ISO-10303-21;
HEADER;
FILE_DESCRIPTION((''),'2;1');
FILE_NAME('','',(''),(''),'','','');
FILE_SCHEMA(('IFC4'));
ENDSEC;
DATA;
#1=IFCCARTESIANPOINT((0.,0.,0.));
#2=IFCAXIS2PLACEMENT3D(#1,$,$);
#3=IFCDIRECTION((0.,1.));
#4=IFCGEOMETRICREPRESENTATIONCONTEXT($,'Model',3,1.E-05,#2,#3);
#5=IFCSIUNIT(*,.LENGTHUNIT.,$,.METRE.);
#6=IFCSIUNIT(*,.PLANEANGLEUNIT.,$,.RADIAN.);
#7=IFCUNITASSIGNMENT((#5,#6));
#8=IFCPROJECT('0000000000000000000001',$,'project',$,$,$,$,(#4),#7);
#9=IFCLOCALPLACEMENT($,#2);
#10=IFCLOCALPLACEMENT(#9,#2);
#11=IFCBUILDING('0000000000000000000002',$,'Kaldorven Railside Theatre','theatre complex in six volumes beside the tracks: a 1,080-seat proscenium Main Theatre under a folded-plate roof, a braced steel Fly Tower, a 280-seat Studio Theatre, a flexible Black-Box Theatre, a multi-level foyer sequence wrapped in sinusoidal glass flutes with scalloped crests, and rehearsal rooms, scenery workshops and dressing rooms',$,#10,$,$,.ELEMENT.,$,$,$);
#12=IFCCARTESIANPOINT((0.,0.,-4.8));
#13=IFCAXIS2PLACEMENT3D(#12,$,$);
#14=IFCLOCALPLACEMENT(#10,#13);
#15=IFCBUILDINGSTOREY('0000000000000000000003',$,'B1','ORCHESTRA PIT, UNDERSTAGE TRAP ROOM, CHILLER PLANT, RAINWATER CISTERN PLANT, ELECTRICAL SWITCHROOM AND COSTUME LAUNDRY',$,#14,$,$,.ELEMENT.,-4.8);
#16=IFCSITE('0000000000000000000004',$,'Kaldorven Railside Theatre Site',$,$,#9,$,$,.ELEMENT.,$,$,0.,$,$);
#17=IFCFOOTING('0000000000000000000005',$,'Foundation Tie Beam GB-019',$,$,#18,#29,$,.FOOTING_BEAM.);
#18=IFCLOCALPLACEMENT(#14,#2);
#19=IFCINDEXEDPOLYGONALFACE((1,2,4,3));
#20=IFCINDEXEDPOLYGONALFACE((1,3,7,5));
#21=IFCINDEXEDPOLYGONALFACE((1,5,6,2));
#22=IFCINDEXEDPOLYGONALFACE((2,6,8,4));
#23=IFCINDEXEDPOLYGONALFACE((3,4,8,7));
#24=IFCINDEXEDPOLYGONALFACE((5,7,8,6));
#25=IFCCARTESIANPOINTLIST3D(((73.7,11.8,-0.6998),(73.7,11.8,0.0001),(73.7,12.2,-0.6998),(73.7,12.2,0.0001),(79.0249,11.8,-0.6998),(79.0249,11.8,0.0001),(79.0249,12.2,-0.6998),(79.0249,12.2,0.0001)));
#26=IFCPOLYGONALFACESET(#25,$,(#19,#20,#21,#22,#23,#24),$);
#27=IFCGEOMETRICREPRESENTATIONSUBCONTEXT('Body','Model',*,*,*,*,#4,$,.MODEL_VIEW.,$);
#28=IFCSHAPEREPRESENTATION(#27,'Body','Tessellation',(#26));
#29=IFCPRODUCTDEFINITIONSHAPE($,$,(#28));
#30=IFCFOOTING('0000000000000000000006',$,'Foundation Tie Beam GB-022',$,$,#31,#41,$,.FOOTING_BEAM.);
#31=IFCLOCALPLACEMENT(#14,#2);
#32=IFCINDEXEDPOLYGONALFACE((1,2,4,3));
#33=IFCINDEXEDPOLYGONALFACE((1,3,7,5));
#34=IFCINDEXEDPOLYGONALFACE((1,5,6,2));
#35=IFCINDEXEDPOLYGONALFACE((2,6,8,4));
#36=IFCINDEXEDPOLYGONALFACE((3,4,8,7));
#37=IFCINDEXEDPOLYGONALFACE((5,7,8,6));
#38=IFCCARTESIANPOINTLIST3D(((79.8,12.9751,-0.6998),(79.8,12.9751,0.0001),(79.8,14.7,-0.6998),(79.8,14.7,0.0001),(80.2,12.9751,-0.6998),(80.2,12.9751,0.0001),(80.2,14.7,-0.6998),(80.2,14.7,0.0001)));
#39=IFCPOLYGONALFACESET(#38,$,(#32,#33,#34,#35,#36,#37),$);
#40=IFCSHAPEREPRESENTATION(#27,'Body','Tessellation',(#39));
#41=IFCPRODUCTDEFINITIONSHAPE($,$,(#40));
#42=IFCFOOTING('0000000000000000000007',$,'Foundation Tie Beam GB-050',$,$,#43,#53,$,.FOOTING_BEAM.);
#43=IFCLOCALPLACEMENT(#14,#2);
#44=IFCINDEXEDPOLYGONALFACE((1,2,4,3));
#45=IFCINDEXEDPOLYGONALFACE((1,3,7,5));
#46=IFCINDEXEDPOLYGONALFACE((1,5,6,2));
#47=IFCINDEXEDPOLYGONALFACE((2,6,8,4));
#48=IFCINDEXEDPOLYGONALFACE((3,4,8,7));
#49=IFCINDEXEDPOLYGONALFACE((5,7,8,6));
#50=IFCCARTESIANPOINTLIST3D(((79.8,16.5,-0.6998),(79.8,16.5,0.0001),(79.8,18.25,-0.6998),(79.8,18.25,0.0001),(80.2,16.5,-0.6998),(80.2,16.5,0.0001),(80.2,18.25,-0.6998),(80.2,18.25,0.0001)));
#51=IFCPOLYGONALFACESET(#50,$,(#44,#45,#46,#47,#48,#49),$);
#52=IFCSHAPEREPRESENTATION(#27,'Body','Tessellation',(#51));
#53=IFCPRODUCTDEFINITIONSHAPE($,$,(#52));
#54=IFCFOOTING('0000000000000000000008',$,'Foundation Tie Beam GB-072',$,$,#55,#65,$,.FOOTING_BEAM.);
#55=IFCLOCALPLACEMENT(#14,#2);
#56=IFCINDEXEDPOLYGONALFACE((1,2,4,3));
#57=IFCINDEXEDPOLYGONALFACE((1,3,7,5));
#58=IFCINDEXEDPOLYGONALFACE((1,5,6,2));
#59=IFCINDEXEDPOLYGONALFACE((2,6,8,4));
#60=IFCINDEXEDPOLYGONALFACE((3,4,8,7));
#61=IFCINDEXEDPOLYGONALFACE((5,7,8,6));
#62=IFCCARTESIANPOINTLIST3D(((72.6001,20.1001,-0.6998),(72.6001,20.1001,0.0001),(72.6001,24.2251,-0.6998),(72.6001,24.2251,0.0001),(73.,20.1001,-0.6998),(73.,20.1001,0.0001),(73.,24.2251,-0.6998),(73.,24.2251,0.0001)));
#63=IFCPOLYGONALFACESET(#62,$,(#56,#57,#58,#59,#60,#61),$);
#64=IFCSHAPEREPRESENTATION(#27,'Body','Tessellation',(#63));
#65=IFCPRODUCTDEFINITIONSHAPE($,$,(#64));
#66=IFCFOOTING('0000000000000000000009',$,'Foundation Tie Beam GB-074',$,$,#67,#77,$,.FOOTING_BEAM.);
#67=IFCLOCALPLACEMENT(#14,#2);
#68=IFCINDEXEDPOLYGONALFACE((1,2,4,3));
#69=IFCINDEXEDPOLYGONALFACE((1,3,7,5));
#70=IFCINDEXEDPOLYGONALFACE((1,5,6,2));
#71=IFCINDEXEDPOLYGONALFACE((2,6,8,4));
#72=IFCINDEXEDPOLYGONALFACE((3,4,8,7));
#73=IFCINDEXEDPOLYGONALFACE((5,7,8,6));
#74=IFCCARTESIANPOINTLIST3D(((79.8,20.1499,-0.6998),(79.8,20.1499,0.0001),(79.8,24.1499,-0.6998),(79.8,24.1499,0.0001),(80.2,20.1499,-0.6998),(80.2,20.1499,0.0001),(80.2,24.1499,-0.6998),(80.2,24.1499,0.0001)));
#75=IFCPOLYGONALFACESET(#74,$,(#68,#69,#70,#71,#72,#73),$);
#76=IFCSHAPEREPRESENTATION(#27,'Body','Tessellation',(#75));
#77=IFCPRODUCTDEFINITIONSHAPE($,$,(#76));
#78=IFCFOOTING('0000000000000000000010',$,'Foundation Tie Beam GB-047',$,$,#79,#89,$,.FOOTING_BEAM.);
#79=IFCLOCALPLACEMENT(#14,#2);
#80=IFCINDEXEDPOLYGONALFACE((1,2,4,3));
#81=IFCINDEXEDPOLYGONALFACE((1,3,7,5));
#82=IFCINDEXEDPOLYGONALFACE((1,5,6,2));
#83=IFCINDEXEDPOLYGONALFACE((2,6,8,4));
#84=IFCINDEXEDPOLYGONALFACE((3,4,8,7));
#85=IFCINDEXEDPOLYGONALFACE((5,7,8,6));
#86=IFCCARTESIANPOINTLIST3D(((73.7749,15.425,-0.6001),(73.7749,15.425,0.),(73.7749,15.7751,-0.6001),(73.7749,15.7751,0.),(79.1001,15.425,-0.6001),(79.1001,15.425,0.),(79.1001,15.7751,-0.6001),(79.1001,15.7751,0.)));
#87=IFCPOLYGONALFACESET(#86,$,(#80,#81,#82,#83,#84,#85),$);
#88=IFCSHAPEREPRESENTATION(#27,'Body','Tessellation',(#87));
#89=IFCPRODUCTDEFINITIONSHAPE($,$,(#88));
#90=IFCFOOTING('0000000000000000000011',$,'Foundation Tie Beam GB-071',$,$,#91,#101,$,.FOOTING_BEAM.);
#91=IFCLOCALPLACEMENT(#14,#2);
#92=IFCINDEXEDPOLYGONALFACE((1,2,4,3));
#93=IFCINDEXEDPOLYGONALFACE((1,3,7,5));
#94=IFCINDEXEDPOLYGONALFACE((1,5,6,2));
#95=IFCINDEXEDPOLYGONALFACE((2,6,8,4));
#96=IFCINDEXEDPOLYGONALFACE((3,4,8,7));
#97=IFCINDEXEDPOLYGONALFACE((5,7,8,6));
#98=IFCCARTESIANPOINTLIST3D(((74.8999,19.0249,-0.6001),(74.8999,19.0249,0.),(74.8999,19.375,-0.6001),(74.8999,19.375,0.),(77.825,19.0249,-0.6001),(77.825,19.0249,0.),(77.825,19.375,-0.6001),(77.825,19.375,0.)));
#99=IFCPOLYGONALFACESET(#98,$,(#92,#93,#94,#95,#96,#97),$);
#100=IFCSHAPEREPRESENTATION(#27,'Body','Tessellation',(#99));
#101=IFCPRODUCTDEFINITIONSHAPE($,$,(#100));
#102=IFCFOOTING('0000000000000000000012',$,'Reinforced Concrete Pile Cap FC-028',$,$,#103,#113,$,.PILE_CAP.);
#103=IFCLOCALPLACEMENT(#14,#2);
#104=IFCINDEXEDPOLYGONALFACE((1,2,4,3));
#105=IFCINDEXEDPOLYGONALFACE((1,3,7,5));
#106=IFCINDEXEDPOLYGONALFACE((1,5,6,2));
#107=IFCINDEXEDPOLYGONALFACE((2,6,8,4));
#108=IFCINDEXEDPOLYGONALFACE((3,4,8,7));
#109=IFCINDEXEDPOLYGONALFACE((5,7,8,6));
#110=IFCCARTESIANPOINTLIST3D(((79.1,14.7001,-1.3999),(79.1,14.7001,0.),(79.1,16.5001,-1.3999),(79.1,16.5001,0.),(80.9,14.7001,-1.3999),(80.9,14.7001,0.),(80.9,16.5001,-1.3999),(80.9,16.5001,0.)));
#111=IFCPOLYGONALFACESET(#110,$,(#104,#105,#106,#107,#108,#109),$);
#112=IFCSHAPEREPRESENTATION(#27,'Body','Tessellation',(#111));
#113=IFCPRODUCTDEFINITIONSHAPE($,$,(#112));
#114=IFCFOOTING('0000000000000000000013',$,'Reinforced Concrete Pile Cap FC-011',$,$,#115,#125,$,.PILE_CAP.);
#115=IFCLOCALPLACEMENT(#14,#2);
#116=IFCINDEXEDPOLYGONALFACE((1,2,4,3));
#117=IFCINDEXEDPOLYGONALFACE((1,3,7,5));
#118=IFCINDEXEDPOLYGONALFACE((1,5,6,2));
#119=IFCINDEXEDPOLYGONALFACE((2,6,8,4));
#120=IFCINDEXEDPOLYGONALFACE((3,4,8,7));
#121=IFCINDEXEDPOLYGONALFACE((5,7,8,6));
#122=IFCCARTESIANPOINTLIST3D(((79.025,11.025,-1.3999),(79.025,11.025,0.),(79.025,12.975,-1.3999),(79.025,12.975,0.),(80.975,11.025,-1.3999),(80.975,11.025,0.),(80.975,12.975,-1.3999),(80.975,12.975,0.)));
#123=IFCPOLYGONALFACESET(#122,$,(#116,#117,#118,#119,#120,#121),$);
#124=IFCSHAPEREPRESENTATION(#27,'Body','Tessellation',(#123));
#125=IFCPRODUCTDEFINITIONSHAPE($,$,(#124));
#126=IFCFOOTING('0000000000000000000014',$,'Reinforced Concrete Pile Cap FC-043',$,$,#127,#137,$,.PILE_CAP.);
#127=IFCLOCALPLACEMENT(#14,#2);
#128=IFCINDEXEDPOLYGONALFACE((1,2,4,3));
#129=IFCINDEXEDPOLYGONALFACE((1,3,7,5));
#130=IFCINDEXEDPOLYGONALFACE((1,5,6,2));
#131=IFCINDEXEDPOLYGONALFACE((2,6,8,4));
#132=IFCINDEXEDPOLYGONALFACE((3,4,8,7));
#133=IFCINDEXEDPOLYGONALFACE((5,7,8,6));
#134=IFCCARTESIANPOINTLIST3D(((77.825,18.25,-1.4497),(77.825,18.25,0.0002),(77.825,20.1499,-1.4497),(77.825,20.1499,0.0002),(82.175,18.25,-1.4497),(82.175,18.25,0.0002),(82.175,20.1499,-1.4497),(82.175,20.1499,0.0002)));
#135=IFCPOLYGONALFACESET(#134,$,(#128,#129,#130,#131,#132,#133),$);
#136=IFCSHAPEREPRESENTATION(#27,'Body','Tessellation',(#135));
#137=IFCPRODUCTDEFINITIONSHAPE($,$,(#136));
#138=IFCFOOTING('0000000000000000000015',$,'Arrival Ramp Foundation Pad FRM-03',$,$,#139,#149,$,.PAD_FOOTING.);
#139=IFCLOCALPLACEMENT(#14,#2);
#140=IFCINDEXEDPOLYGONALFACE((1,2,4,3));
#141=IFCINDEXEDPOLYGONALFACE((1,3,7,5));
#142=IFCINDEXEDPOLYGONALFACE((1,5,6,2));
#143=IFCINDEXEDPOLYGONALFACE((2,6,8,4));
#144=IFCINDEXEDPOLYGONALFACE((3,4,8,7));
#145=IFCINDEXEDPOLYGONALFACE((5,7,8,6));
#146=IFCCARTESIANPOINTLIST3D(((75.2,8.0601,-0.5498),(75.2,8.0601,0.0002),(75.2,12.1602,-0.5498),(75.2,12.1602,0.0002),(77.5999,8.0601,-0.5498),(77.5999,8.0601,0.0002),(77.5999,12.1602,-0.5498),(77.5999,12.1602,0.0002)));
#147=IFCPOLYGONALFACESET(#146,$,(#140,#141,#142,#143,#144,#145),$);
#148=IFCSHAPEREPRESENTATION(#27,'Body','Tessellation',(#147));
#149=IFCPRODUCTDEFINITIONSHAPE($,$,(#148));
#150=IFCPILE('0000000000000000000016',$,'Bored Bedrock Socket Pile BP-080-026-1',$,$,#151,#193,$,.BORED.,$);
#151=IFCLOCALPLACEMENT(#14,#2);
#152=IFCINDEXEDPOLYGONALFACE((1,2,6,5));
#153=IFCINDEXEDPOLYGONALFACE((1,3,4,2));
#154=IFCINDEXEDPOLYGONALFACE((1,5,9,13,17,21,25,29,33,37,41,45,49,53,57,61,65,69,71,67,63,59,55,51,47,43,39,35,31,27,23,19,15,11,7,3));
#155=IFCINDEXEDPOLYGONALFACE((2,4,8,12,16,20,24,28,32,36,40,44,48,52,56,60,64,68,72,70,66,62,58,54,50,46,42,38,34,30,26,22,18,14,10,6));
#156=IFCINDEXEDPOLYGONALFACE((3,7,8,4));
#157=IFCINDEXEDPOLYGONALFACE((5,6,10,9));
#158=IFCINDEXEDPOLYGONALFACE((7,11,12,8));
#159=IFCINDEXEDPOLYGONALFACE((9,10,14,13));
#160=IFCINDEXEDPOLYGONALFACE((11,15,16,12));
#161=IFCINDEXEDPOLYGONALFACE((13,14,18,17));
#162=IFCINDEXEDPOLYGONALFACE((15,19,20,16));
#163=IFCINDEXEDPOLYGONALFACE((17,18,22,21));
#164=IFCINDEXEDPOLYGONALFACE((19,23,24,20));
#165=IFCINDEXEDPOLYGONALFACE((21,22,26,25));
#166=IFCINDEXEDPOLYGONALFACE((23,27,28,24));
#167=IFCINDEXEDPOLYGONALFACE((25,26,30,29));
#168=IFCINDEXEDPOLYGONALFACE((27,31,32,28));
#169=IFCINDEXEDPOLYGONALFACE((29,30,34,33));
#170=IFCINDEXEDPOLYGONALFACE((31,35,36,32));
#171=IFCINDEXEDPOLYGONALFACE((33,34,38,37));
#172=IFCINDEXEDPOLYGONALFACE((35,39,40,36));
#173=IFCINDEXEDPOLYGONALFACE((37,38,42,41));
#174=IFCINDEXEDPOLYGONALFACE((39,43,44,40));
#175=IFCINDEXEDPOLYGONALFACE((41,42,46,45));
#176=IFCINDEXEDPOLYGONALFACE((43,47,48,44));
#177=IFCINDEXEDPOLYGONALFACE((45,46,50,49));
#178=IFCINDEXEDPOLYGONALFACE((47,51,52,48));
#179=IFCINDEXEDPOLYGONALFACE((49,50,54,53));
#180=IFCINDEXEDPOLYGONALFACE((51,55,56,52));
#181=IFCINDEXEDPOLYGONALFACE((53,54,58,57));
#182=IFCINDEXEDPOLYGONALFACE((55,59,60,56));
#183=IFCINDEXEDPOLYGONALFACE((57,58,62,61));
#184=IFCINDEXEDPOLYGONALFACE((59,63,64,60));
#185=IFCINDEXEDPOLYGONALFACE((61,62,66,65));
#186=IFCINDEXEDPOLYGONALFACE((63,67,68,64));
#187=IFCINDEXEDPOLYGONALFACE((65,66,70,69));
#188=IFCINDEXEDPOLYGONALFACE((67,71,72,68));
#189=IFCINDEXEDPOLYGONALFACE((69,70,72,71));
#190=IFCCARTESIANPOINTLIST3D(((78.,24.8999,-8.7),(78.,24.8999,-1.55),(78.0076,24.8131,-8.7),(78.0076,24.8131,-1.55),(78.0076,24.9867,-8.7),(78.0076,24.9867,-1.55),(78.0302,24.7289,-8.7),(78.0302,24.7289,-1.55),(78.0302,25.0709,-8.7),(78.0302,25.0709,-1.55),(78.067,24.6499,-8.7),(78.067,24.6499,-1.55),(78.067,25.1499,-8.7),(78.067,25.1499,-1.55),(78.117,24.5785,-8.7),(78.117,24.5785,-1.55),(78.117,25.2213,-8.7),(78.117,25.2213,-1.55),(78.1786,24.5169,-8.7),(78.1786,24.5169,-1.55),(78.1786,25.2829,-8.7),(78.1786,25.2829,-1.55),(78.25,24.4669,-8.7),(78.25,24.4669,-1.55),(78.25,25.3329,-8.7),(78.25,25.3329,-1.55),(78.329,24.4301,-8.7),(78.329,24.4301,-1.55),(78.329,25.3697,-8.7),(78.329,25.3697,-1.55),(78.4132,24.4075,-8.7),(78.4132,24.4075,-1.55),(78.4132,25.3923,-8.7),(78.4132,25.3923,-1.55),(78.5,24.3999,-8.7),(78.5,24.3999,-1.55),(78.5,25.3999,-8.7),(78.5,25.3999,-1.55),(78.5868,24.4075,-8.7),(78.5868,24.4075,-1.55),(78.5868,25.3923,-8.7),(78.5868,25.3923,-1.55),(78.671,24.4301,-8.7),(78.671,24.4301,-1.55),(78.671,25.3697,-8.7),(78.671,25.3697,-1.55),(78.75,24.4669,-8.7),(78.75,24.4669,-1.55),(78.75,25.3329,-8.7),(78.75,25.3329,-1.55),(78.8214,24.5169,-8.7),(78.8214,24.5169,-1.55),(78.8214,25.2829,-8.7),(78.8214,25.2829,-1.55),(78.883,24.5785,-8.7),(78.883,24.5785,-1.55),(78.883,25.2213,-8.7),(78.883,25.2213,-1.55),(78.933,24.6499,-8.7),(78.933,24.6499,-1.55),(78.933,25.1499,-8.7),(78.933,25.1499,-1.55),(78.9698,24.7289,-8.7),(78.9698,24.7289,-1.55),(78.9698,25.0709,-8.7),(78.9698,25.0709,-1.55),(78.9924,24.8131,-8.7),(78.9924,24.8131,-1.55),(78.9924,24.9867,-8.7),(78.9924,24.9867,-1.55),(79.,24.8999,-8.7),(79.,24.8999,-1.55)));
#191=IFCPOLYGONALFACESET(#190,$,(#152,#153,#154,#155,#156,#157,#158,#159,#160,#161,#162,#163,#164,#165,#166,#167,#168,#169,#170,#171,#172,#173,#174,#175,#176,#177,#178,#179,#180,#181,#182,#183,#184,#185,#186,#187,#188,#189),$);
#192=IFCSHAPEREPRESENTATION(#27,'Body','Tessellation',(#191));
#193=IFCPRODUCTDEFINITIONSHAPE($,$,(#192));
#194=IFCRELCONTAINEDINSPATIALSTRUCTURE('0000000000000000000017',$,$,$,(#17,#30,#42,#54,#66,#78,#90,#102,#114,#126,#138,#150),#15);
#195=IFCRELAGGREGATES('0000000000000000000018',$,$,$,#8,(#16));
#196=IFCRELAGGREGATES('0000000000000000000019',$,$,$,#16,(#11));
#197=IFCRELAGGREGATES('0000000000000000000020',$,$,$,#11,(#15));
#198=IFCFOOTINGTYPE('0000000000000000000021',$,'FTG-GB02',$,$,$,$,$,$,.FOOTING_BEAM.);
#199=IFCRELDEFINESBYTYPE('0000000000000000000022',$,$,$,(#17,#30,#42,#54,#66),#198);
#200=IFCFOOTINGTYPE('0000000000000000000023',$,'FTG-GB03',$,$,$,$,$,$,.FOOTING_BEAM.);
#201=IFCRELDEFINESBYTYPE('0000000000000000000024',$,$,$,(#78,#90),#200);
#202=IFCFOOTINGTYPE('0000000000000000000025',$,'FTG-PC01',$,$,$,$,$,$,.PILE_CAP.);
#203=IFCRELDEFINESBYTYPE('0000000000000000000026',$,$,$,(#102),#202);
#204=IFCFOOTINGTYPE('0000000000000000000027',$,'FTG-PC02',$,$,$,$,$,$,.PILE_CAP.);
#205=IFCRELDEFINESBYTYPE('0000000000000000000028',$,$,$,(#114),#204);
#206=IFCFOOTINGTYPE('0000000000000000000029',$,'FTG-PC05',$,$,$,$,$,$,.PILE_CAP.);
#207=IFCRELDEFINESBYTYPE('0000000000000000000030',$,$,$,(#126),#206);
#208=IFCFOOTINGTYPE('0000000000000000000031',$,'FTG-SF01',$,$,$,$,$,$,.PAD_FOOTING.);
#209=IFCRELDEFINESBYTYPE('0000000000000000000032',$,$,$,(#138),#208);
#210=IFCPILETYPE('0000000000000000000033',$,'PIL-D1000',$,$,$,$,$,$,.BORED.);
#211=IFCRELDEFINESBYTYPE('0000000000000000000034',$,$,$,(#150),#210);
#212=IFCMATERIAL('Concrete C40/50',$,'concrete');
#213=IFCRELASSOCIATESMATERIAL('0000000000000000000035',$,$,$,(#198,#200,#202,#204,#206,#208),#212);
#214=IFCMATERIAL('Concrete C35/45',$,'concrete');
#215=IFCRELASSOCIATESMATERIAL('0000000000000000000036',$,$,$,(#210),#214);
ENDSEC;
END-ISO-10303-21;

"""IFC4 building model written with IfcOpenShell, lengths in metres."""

from ifc_helpers import new_model, si_unit, direction, frame, origin, origin_2d, place, context, subcontext, project, spatial, rectangle, circle, extrude, material, material_profile, profile_set, type_object, element, save


model = new_model("IFC4")

# Units and contexts
model_context = context("Model", 3, precision=1e-05, world=origin(), true_north=direction((0.0, 1.0)))
body_context = subcontext(model_context, "Body", "Model", "MODEL_VIEW")
ifc_project = project(units=[si_unit("LENGTHUNIT", "METRE"), si_unit("PLANEANGLEUNIT", "RADIAN")], contexts=[model_context])

# Site, building, storey
site_placement = place(None, origin())
site = spatial("IfcSite", under=ifc_project, at=site_placement, Name="Kaldorven Railside Theatre Site", CompositionType="ELEMENT", RefElevation=0.0)
building_placement = place(site_placement, origin())
building = spatial("IfcBuilding", under=site, at=building_placement, Name="Kaldorven Railside Theatre", Description="theatre complex in six volumes beside the tracks: a 1,080-seat proscenium Main Theatre under a folded-plate roof, a braced steel Fly Tower, a 280-seat Studio Theatre, a flexible Black-Box Theatre, a multi-level foyer sequence wrapped in sinusoidal glass flutes with scalloped crests, and rehearsal rooms, scenery workshops and dressing rooms", CompositionType="ELEMENT")
storey_placement = place(building_placement, frame((0.0, 0.0, -4.8)))
storey = spatial("IfcBuildingStorey", under=building, at=storey_placement, Name="B1", Description="ORCHESTRA PIT, UNDERSTAGE TRAP ROOM, CHILLER PLANT, RAINWATER CISTERN PLANT, ELECTRICAL SWITCHROOM AND COSTUME LAUNDRY", CompositionType="ELEMENT", Elevation=-4.8)

# Footings
ifc_material_1 = material(Name="Concrete C40/50", Category="concrete")
ifc_material_profile_1 = material_profile(ifc_material_1, rectangle(XDim=0.3999, YDim=0.7, at=origin_2d()), Name="RC 400x700")
ifc_profile_set_1 = profile_set([ifc_material_profile_1], Name="Concrete C40/50")
footing_type_1 = type_object("IfcFootingType", Name="FTG-GB02", PredefinedType="FOOTING_BEAM", material=ifc_profile_set_1)
footing_1_placement = place(storey_placement, frame((73.7, 12.0, -0.3499), z_axis=(1.0, 0.0, 0.0), x_axis=(0.0, 1.0, 0.0)))
element("IfcFooting", 1, at=footing_1_placement, inside=storey, type_object=footing_type_1, Name="Foundation Tie Beam GB-019", PredefinedType="FOOTING_BEAM", context=body_context, shape_type="SweptSolid", body=[
    extrude(rectangle(XDim=0.3999, YDim=0.7, at=origin_2d()), origin(), (0.0, 0.0, 1.0), 5.325),
])
footing_2_placement = place(storey_placement, frame((80.0, 12.9751, -0.3499), z_axis=(0.0, 1.0, 0.0), x_axis=(-1.0, 0.0, 0.0)))
element("IfcFooting", 2, at=footing_2_placement, inside=storey, type_object=footing_type_1, Name="Foundation Tie Beam GB-022", PredefinedType="FOOTING_BEAM", context=body_context, shape_type="SweptSolid", body=[
    extrude(rectangle(XDim=0.3999, YDim=0.7, at=origin_2d()), origin(), (0.0, 0.0, 1.0), 1.7249),
])
footing_3_placement = place(storey_placement, frame((80.0, 16.5, -0.3499), z_axis=(0.0, 1.0, 0.0), x_axis=(-1.0, 0.0, 0.0)))
element("IfcFooting", 3, at=footing_3_placement, inside=storey, type_object=footing_type_1, Name="Foundation Tie Beam GB-050", PredefinedType="FOOTING_BEAM", context=body_context, shape_type="SweptSolid", body=[
    extrude(rectangle(XDim=0.3999, YDim=0.7, at=origin_2d()), origin(), (0.0, 0.0, 1.0), 1.75),
])
footing_4_placement = place(storey_placement, frame((72.8, 20.1001, -0.3499), z_axis=(0.0, 1.0, 0.0), x_axis=(-1.0, 0.0, 0.0)))
element("IfcFooting", 4, at=footing_4_placement, inside=storey, type_object=footing_type_1, Name="Foundation Tie Beam GB-072", PredefinedType="FOOTING_BEAM", context=body_context, shape_type="SweptSolid", body=[
    extrude(rectangle(XDim=0.3999, YDim=0.7, at=origin_2d()), origin(), (0.0, 0.0, 1.0), 4.125),
])
footing_5_placement = place(storey_placement, frame((80.0, 20.1499, -0.3499), z_axis=(0.0, 1.0, 0.0), x_axis=(-1.0, 0.0, 0.0)))
element("IfcFooting", 5, at=footing_5_placement, inside=storey, type_object=footing_type_1, Name="Foundation Tie Beam GB-074", PredefinedType="FOOTING_BEAM", context=body_context, shape_type="SweptSolid", body=[
    extrude(rectangle(XDim=0.3999, YDim=0.7, at=origin_2d()), origin(), (0.0, 0.0, 1.0), 4.0),
])
ifc_material_profile_2 = material_profile(ifc_material_1, rectangle(XDim=0.3501, YDim=0.6001, at=origin_2d()), Name="RC 350x600")
ifc_profile_set_2 = profile_set([ifc_material_profile_2], Name="Concrete C40/50")
footing_type_2 = type_object("IfcFootingType", Name="FTG-GB03", PredefinedType="FOOTING_BEAM", material=ifc_profile_set_2)
footing_6_placement = place(storey_placement, frame((73.7749, 15.6001, -0.3), z_axis=(1.0, 0.0, 0.0), x_axis=(0.0, 1.0, 0.0)))
element("IfcFooting", 6, at=footing_6_placement, inside=storey, type_object=footing_type_2, Name="Foundation Tie Beam GB-047", PredefinedType="FOOTING_BEAM", context=body_context, shape_type="SweptSolid", body=[
    extrude(rectangle(XDim=0.3501, YDim=0.6001, at=origin_2d()), origin(), (0.0, 0.0, 1.0), 5.3252),
])
footing_7_placement = place(storey_placement, frame((74.8999, 19.2, -0.3), z_axis=(1.0, 0.0, 0.0), x_axis=(0.0, 1.0, 0.0)))
element("IfcFooting", 7, at=footing_7_placement, inside=storey, type_object=footing_type_2, Name="Foundation Tie Beam GB-071", PredefinedType="FOOTING_BEAM", context=body_context, shape_type="SweptSolid", body=[
    extrude(rectangle(XDim=0.3501, YDim=0.6001, at=origin_2d()), origin(), (0.0, 0.0, 1.0), 2.925),
])
footing_type_3 = type_object("IfcFootingType", Name="FTG-PC01", PredefinedType="PILE_CAP", material=ifc_material_1)
footing_8_placement = place(storey_placement, frame((80.0, 15.6001, -1.3999), z_axis=(0.0, 0.0, 1.0), x_axis=(1.0, 0.0, 0.0)))
element("IfcFooting", 8, at=footing_8_placement, inside=storey, type_object=footing_type_3, Name="Reinforced Concrete Pile Cap FC-028", PredefinedType="PILE_CAP", context=body_context, shape_type="SweptSolid", body=[
    extrude(rectangle(XDim=1.8, YDim=1.8, at=origin_2d()), origin(), (0.0, 0.0, 1.0), 1.3999),
])
footing_type_4 = type_object("IfcFootingType", Name="FTG-PC02", PredefinedType="PILE_CAP", material=ifc_material_1)
footing_9_placement = place(storey_placement, frame((80.0, 12.0, -1.3999), z_axis=(0.0, 0.0, 1.0), x_axis=(1.0, 0.0, 0.0)))
element("IfcFooting", 9, at=footing_9_placement, inside=storey, type_object=footing_type_4, Name="Reinforced Concrete Pile Cap FC-011", PredefinedType="PILE_CAP", context=body_context, shape_type="SweptSolid", body=[
    extrude(rectangle(XDim=1.95, YDim=1.95, at=origin_2d()), origin(), (0.0, 0.0, 1.0), 1.3999),
])
footing_type_5 = type_object("IfcFootingType", Name="FTG-PC05", PredefinedType="PILE_CAP", material=ifc_material_1)
footing_10_placement = place(storey_placement, frame((80.0, 19.2, -1.4497), z_axis=(0.0, 0.0, 1.0), x_axis=(1.0, 0.0, 0.0)))
element("IfcFooting", 10, at=footing_10_placement, inside=storey, type_object=footing_type_5, Name="Reinforced Concrete Pile Cap FC-043", PredefinedType="PILE_CAP", context=body_context, shape_type="SweptSolid", body=[
    extrude(rectangle(XDim=4.3501, YDim=1.8999, at=origin_2d()), origin(), (0.0, 0.0, 1.0), 1.45),
])
footing_type_6 = type_object("IfcFootingType", Name="FTG-SF01", PredefinedType="PAD_FOOTING", material=ifc_material_1)
footing_11_placement = place(storey_placement, frame((76.3999, 10.1101, -0.5498), z_axis=(0.0, 0.0, 1.0), x_axis=(1.0, 0.0, 0.0)))
element("IfcFooting", 11, at=footing_11_placement, inside=storey, type_object=footing_type_6, Name="Arrival Ramp Foundation Pad FRM-03", PredefinedType="PAD_FOOTING", context=body_context, shape_type="SweptSolid", body=[
    extrude(rectangle(XDim=2.3999, YDim=4.1001, at=origin_2d()), origin(), (0.0, 0.0, 1.0), 0.55),
])

# Pile
ifc_material_2 = material(Name="Concrete C35/45", Category="concrete")
ifc_material_profile_3 = material_profile(ifc_material_2, circle(Radius=0.5, at=origin_2d()), Name="BP D1000")
ifc_profile_set_3 = profile_set([ifc_material_profile_3], Name="Concrete C35/45")
pile_type_1 = type_object("IfcPileType", Name="PIL-D1000", PredefinedType="BORED", material=ifc_profile_set_3)
pile_1_placement = place(storey_placement, frame((78.5, 24.8999, -1.55), z_axis=(0.0, 0.0, -1.0), x_axis=(1.0, 0.0, 0.0)))
element("IfcPile", 12, at=pile_1_placement, inside=storey, type_object=pile_type_1, Name="Bored Bedrock Socket Pile BP-080-026-1", PredefinedType="BORED", context=body_context, shape_type="SweptSolid", body=[
    extrude(circle(Radius=0.5, at=origin_2d()), origin(), (0.0, 0.0, 1.0), 7.1499),
])

save(model, "model.ifc")
